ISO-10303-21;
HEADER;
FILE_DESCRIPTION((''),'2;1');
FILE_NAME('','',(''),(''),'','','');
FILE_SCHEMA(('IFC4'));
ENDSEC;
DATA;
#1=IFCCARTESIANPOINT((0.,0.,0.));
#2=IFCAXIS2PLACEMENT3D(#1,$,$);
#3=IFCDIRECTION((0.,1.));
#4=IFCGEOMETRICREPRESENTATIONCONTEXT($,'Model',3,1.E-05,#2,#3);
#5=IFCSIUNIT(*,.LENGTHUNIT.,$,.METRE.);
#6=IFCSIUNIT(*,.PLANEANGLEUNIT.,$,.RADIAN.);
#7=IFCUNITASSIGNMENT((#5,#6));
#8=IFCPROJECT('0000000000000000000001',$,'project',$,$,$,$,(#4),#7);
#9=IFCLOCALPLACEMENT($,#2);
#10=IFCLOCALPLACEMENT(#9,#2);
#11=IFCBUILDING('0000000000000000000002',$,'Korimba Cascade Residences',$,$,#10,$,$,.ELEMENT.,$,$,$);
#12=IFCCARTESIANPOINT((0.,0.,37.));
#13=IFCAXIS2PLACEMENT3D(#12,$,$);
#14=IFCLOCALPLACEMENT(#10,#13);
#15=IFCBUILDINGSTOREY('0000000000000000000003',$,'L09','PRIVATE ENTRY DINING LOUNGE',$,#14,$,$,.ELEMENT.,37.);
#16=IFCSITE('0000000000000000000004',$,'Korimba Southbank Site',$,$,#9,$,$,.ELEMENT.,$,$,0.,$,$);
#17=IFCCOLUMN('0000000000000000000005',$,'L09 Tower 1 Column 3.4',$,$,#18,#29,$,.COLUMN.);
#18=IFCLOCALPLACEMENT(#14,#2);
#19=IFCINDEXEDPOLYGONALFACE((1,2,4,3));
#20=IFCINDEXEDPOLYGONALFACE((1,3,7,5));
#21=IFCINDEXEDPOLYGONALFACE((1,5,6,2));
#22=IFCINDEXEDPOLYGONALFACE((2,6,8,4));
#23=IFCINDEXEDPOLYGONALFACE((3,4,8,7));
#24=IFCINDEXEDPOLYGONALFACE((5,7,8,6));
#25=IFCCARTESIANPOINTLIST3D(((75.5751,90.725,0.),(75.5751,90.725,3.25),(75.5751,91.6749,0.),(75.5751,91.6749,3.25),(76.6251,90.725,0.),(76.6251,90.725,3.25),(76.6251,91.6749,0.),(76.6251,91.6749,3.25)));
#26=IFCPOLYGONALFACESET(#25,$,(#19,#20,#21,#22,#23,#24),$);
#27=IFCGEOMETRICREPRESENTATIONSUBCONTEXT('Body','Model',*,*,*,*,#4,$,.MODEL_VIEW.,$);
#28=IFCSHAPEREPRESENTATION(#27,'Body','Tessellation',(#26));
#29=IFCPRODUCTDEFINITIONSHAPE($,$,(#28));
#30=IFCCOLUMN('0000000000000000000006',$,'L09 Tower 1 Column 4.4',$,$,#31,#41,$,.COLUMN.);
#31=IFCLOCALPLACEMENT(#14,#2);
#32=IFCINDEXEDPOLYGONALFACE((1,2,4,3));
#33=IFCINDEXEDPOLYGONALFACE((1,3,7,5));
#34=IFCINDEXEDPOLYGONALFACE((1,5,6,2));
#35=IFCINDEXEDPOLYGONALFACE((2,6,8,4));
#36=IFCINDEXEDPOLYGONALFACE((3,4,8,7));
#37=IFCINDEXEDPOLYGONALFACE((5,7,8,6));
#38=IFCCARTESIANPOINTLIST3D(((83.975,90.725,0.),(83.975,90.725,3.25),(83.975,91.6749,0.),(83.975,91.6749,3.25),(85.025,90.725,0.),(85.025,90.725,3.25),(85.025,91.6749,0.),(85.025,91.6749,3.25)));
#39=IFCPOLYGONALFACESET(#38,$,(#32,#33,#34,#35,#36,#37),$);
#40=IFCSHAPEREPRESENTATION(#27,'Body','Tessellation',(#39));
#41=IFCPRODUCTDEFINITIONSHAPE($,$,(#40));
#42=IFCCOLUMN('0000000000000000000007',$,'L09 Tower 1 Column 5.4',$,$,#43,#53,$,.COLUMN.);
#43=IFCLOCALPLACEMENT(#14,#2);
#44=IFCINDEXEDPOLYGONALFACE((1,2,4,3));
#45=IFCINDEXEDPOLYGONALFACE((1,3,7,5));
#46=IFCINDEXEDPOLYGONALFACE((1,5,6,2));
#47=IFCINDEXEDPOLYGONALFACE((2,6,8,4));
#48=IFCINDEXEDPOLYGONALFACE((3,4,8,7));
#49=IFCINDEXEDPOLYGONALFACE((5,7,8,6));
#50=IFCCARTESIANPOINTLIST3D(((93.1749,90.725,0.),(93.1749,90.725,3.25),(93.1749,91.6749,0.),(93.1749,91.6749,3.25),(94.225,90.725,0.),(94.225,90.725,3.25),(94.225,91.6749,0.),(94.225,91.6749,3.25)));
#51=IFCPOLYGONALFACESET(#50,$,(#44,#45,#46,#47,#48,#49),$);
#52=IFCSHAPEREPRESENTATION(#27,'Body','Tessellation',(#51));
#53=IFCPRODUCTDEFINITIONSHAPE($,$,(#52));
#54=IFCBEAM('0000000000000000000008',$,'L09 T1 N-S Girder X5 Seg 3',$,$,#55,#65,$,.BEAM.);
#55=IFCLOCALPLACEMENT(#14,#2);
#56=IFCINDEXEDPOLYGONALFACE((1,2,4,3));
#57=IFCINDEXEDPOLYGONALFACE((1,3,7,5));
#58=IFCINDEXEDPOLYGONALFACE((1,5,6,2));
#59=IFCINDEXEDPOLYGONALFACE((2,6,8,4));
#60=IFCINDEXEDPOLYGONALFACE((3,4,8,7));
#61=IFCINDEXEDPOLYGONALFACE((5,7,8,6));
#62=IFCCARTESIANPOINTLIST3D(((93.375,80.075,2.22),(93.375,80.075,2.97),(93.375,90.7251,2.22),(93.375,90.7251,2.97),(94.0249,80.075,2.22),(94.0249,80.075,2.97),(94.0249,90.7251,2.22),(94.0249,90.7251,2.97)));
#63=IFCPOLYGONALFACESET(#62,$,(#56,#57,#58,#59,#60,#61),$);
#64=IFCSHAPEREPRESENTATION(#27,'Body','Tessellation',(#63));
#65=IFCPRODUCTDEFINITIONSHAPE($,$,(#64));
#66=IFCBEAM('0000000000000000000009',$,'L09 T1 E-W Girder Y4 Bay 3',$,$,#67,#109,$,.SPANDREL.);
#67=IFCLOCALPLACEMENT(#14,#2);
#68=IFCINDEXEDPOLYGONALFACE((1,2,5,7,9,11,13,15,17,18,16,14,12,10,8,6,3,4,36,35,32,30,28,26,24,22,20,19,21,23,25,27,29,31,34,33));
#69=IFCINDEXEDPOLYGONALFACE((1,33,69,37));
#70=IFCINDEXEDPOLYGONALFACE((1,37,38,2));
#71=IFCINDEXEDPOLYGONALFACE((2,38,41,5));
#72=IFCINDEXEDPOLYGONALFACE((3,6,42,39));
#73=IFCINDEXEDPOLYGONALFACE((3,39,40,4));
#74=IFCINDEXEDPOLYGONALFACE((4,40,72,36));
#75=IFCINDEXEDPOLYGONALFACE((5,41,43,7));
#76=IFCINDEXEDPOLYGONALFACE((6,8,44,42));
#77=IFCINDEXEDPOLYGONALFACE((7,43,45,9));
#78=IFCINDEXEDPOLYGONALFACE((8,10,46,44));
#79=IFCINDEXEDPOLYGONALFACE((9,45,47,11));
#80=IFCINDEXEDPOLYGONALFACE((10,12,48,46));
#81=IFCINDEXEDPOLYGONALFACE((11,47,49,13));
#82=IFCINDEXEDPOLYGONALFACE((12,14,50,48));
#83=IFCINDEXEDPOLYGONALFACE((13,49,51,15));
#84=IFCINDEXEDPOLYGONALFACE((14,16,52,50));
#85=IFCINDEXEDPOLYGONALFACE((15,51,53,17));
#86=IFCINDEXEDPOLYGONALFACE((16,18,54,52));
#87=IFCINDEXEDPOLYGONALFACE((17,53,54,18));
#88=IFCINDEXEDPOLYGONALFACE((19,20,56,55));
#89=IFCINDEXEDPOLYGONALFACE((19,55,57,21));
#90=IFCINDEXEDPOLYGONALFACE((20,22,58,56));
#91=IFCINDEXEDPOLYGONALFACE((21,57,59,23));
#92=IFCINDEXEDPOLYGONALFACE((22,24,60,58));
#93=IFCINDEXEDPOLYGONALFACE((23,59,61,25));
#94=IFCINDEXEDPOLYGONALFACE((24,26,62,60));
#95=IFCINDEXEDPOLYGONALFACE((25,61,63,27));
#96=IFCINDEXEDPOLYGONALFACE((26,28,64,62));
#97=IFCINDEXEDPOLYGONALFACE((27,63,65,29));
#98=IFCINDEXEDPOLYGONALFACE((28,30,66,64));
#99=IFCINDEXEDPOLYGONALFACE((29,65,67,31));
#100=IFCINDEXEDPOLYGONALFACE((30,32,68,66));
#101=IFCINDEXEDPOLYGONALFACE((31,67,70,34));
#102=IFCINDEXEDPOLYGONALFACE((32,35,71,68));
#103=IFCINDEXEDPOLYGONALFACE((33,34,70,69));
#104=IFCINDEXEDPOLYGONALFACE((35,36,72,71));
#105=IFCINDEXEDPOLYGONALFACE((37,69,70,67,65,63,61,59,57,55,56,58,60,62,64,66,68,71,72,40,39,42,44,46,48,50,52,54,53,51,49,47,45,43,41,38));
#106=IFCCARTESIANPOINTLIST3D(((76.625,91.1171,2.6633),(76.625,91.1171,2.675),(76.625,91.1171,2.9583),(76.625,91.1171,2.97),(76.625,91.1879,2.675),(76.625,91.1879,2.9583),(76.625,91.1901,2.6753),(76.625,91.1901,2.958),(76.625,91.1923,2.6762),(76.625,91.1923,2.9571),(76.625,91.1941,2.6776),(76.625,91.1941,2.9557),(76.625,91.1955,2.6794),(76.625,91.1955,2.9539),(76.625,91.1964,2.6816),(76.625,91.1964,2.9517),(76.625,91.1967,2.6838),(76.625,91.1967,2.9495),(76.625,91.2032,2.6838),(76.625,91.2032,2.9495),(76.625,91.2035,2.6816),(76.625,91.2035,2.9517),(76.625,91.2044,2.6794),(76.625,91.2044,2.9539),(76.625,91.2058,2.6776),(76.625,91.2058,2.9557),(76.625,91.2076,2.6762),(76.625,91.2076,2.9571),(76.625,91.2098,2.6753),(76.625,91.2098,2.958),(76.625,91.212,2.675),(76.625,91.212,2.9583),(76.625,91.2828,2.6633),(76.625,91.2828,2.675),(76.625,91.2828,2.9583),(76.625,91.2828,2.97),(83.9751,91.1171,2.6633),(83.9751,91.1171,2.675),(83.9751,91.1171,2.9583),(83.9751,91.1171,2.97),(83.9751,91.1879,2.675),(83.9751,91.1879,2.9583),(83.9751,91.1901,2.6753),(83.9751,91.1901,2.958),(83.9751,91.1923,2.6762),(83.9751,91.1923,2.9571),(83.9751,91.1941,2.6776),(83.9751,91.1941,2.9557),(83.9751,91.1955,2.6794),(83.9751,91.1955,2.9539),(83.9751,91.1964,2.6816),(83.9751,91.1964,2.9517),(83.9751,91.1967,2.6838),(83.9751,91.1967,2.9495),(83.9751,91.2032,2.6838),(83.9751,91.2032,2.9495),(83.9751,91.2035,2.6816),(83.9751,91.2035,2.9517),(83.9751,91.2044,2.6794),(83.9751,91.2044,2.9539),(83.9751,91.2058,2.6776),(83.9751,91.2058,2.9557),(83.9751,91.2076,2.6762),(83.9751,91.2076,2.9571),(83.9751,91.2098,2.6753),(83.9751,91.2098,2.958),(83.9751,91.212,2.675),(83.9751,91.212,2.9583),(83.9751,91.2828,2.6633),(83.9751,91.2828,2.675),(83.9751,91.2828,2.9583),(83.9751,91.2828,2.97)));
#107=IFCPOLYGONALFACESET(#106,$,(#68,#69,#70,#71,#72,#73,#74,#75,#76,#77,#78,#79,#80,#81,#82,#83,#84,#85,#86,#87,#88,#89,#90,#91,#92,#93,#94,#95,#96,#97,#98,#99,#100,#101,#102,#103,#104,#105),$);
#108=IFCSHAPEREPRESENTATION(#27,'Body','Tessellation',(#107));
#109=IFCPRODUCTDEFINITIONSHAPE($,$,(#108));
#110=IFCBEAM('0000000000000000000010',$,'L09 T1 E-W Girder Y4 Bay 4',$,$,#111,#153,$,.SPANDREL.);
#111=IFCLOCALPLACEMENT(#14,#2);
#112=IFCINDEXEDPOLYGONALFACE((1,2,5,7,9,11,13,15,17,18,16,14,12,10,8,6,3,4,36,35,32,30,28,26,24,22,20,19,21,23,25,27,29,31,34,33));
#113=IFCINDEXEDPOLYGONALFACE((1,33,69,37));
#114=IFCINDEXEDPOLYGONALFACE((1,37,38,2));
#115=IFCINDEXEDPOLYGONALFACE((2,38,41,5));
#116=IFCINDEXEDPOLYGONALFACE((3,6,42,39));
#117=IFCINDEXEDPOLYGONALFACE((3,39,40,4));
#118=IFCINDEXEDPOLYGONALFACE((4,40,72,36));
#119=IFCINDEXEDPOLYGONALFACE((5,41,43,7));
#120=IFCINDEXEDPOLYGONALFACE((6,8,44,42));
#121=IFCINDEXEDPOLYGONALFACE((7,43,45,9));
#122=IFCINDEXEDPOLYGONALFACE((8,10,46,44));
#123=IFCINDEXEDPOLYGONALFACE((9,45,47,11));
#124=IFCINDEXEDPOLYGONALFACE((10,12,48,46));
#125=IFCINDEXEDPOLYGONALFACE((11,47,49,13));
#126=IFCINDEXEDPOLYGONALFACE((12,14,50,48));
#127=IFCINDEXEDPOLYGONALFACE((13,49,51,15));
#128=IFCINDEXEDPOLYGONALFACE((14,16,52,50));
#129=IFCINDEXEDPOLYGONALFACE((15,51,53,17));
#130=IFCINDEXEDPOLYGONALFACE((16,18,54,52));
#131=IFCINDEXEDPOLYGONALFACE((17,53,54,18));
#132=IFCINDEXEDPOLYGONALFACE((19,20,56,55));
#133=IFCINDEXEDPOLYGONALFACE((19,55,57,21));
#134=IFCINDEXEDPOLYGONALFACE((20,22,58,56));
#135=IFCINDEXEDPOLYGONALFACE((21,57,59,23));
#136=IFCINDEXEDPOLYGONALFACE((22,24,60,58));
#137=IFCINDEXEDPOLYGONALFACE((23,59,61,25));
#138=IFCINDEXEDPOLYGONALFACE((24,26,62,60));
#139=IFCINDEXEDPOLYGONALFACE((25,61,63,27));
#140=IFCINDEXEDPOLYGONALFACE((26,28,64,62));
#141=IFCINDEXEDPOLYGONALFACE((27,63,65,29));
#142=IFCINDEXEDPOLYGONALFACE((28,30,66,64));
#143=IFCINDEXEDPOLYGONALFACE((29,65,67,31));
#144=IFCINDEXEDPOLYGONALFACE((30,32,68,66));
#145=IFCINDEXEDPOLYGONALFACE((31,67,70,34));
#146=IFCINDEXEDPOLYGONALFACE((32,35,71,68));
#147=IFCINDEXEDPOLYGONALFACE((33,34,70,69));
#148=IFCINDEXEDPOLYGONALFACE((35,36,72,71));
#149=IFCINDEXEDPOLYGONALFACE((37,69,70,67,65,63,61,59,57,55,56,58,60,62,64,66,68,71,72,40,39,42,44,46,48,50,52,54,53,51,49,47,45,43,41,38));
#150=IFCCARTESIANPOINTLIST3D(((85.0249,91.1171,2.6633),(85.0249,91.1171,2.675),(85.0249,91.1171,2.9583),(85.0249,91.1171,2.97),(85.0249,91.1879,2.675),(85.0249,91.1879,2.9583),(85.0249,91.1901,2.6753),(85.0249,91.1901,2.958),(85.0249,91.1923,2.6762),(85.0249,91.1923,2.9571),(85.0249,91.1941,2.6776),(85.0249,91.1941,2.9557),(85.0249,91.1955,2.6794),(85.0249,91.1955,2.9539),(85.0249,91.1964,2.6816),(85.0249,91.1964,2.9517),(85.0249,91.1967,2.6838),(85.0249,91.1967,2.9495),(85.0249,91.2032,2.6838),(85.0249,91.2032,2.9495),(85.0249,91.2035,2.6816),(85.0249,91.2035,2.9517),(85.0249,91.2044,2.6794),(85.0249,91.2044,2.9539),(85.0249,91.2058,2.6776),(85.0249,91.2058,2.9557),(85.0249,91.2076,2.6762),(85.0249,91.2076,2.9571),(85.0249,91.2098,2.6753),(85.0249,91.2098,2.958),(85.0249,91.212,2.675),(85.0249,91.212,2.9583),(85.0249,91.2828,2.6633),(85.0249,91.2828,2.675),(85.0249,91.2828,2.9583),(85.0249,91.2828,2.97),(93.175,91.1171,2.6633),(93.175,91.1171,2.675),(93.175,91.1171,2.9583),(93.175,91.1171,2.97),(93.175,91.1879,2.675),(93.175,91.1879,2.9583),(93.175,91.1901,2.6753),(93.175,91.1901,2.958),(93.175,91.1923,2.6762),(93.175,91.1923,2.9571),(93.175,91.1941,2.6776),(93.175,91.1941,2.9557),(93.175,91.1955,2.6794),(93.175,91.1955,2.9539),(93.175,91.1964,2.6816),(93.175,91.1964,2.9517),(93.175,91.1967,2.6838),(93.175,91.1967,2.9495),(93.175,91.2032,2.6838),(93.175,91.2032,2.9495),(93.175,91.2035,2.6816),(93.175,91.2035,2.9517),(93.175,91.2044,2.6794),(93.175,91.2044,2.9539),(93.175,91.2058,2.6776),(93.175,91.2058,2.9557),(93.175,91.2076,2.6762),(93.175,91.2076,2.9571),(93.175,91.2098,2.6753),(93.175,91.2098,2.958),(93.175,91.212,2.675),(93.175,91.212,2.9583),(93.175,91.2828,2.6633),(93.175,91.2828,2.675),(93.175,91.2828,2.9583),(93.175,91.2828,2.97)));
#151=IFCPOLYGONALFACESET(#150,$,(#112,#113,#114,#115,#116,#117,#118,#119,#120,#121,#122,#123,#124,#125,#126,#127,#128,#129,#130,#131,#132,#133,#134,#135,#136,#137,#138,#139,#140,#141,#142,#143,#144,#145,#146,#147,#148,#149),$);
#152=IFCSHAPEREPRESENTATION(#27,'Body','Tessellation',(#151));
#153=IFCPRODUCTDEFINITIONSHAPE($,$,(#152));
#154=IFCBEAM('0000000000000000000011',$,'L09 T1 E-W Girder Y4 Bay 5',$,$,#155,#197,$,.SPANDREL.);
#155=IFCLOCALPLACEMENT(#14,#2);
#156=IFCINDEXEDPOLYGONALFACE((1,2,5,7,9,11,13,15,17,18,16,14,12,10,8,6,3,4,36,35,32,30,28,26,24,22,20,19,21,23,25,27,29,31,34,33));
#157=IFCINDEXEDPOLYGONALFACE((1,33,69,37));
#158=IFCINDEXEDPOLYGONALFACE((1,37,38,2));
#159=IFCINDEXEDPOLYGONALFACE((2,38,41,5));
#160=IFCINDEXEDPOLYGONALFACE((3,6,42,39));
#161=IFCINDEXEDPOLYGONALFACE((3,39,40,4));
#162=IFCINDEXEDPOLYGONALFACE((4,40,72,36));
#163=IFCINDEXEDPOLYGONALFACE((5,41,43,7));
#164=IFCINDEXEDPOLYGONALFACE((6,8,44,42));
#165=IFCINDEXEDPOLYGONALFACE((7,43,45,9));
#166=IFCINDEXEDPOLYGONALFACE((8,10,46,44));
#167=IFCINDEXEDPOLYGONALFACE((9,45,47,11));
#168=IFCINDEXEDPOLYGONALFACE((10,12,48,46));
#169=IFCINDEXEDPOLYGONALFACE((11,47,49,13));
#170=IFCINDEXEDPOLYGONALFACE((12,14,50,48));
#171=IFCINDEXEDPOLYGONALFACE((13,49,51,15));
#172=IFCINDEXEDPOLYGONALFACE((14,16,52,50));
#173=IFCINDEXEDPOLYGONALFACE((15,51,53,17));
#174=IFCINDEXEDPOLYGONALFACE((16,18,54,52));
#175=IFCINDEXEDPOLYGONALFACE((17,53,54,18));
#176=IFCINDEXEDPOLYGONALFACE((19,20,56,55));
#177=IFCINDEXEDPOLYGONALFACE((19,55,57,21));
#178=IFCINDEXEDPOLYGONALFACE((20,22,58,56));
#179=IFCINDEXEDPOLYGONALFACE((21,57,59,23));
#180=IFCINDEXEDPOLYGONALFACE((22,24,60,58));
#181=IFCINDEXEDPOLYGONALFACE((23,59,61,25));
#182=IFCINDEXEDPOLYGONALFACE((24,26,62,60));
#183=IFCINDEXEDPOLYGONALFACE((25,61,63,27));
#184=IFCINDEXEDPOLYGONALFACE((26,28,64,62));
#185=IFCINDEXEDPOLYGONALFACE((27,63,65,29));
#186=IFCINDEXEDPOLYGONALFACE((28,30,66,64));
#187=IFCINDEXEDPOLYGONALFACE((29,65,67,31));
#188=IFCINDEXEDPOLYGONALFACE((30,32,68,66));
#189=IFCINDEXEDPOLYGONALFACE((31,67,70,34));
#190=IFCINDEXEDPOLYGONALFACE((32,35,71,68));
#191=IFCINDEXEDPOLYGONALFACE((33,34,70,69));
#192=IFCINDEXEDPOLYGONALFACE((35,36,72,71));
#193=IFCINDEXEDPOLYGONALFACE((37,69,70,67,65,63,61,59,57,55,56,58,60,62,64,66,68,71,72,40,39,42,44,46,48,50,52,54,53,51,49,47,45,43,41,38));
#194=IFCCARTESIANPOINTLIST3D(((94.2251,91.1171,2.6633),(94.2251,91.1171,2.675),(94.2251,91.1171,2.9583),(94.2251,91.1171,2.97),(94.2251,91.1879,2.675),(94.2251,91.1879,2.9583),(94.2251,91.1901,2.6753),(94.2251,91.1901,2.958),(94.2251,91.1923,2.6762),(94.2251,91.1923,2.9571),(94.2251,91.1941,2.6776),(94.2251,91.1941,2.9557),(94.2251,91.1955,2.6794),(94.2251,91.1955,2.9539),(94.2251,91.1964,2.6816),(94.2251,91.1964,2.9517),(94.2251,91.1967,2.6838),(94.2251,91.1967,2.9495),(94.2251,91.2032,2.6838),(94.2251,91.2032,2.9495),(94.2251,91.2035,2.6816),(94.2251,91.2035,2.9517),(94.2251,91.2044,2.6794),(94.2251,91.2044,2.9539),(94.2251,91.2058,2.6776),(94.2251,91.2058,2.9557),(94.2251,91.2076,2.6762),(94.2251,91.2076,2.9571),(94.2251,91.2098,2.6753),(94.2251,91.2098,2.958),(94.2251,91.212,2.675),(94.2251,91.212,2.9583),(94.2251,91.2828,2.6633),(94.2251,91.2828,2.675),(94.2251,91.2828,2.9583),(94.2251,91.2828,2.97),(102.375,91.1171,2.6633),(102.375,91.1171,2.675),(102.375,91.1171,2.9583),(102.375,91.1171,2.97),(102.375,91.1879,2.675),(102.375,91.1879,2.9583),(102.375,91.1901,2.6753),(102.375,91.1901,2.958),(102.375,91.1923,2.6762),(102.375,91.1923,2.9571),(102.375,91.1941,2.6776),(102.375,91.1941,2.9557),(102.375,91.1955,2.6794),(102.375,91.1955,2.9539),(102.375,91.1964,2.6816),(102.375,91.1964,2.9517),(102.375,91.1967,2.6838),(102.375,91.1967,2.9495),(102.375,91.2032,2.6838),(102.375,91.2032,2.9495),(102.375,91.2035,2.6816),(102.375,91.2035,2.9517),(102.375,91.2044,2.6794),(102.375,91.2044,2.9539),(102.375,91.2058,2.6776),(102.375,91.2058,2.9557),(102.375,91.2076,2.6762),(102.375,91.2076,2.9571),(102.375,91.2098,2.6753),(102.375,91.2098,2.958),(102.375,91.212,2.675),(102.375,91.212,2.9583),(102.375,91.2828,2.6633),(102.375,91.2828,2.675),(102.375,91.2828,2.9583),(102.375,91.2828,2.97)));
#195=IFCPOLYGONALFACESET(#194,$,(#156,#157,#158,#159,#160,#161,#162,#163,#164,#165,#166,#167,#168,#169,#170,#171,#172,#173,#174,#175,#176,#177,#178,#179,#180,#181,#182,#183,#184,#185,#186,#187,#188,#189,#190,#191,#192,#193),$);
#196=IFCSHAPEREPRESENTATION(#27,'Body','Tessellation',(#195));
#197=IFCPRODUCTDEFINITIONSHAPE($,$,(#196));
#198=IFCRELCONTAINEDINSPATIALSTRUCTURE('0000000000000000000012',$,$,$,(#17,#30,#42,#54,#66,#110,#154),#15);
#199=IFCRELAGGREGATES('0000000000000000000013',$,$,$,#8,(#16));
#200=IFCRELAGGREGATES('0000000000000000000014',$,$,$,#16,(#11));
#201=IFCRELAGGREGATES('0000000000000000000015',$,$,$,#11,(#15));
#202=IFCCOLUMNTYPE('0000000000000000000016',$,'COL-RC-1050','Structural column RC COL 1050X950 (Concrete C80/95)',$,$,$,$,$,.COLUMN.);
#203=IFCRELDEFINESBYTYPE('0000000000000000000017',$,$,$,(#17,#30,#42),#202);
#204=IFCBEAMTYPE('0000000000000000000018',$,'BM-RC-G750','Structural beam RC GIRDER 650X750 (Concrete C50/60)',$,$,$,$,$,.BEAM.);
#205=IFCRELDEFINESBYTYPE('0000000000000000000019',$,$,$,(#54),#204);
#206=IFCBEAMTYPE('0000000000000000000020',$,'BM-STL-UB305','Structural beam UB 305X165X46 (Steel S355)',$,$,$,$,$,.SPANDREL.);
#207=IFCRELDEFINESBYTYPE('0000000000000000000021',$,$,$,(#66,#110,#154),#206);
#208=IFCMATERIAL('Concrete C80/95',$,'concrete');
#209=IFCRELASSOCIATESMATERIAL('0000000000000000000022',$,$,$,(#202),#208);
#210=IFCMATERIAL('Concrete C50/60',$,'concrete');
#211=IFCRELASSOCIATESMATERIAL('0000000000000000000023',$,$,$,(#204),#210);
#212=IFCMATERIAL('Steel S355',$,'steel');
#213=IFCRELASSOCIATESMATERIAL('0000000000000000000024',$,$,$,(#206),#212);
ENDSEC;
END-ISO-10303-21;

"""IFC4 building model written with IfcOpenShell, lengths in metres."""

from ifc_helpers import new_model, si_unit, direction, frame, origin, origin_2d, place, context, subcontext, project, spatial, rectangle, i_section, extrude, material, material_profile, profile_set, type_object, element, save


model = new_model("IFC4")

# Units and contexts
model_context = context("Model", 3, precision=1e-05, world=origin(), true_north=direction((0.0, 1.0)))
body_context = subcontext(model_context, "Body", "Model", "MODEL_VIEW")
ifc_project = project(units=[si_unit("LENGTHUNIT", "METRE"), si_unit("PLANEANGLEUNIT", "RADIAN")], contexts=[model_context])

# Site, building, storey
site_placement = place(None, origin())
site = spatial("IfcSite", under=ifc_project, at=site_placement, Name="Korimba Southbank Site", CompositionType="ELEMENT", RefElevation=0.0)
building_placement = place(site_placement, origin())
building = spatial("IfcBuilding", under=site, at=building_placement, Name="Korimba Cascade Residences", CompositionType="ELEMENT")
storey_placement = place(building_placement, frame((0.0, 0.0, 37.0)))
storey = spatial("IfcBuildingStorey", under=building, at=storey_placement, Name="L09", Description="PRIVATE ENTRY DINING LOUNGE", CompositionType="ELEMENT", Elevation=37.0)

# Columns
ifc_material_1 = material(Name="Concrete C80/95", Category="concrete")
ifc_material_profile_1 = material_profile(ifc_material_1, rectangle(XDim=1.05, YDim=0.95, at=origin_2d()), Name="Concrete C80/95")
ifc_profile_set_1 = profile_set([ifc_material_profile_1], Name="Concrete C80/95")
column_type = type_object("IfcColumnType", Name="COL-RC-1050", Description="Structural column RC COL 1050X950 (Concrete C80/95)", PredefinedType="COLUMN", material=ifc_profile_set_1)
for number, where, z_axis, x_axis, name in (
    (1, (76.1001, 91.2, 0.0), (0.0, 0.0, 1.0), (1.0, 0.0, 0.0), "L09 Tower 1 Column 3.4"),
    (2, (84.5, 91.2, 0.0), (0.0, 0.0, 1.0), (1.0, 0.0, 0.0), "L09 Tower 1 Column 4.4"),
    (3, (93.7, 91.2, 0.0), (0.0, 0.0, 1.0), (1.0, 0.0, 0.0), "L09 Tower 1 Column 5.4"),
):
    element("IfcColumn", number, at=place(storey_placement, frame(where, z_axis=z_axis, x_axis=x_axis)), inside=storey, type_object=column_type, Name=name, PredefinedType="COLUMN", context=body_context, shape_type="SweptSolid", body=[
        extrude(rectangle(XDim=1.05, YDim=0.95, at=origin_2d()), origin(), (0.0, 0.0, 1.0), 3.25),
    ])

# Beams
ifc_material_2 = material(Name="Concrete C50/60", Category="concrete")
ifc_material_profile_2 = material_profile(ifc_material_2, rectangle(XDim=0.6499, YDim=0.75, at=origin_2d()), Name="Concrete C50/60")
ifc_profile_set_2 = profile_set([ifc_material_profile_2], Name="Concrete C50/60")
beam_type_1 = type_object("IfcBeamType", Name="BM-RC-G750", Description="Structural beam RC GIRDER 650X750 (Concrete C50/60)", PredefinedType="BEAM", material=ifc_profile_set_2)
beam_1_placement = place(storey_placement, frame((93.7, 80.075, 2.595), z_axis=(0.0, 1.0, 0.0), x_axis=(-1.0, 0.0, 0.0)))
element("IfcBeam", 4, at=beam_1_placement, inside=storey, type_object=beam_type_1, Name="L09 T1 N-S Girder X5 Seg 3", PredefinedType="BEAM", context=body_context, shape_type="SweptSolid", body=[
    extrude(rectangle(XDim=0.6499, YDim=0.75, at=origin_2d()), origin(), (0.0, 0.0, 1.0), 10.6501),
])
ifc_material_3 = material(Name="Steel S355", Category="steel")
ifc_material_profile_3 = material_profile(ifc_material_3, i_section(OverallWidth=0.1658, OverallDepth=0.3066, WebThickness=0.0066, FlangeThickness=0.0117, FilletRadius=0.0088, at=origin_2d()), Name="Steel S355")
ifc_profile_set_3 = profile_set([ifc_material_profile_3], Name="Steel S355")
beam_type_2 = type_object("IfcBeamType", Name="BM-STL-UB305", Description="Structural beam UB 305X165X46 (Steel S355)", PredefinedType="SPANDREL", material=ifc_profile_set_3)
beam_2_placement = place(storey_placement, frame((76.625, 91.2, 2.8167), z_axis=(1.0, 0.0, 0.0), x_axis=(0.0, 1.0, 0.0)))
element("IfcBeam", 5, at=beam_2_placement, inside=storey, type_object=beam_type_2, Name="L09 T1 E-W Girder Y4 Bay 3", PredefinedType="SPANDREL", context=body_context, shape_type="SweptSolid", body=[
    extrude(i_section(OverallWidth=0.1658, OverallDepth=0.3066, WebThickness=0.0066, FlangeThickness=0.0117, FilletRadius=0.0088, at=origin_2d()), origin(), (0.0, 0.0, 1.0), 7.3501),
])
beam_3_placement = place(storey_placement, frame((85.0249, 91.2, 2.8167), z_axis=(1.0, 0.0, 0.0), x_axis=(0.0, 1.0, 0.0)))
element("IfcBeam", 6, at=beam_3_placement, inside=storey, type_object=beam_type_2, Name="L09 T1 E-W Girder Y4 Bay 4", PredefinedType="SPANDREL", context=body_context, shape_type="SweptSolid", body=[
    extrude(i_section(OverallWidth=0.1658, OverallDepth=0.3066, WebThickness=0.0066, FlangeThickness=0.0117, FilletRadius=0.0088, at=origin_2d()), origin(), (0.0, 0.0, 1.0), 8.1501),
])
beam_4_placement = place(storey_placement, frame((94.2251, 91.2, 2.8167), z_axis=(1.0, 0.0, 0.0), x_axis=(0.0, 1.0, 0.0)))
element("IfcBeam", 7, at=beam_4_placement, inside=storey, type_object=beam_type_2, Name="L09 T1 E-W Girder Y4 Bay 5", PredefinedType="SPANDREL", context=body_context, shape_type="SweptSolid", body=[
    extrude(i_section(OverallWidth=0.1658, OverallDepth=0.3066, WebThickness=0.0066, FlangeThickness=0.0117, FilletRadius=0.0088, at=origin_2d()), origin(), (0.0, 0.0, 1.0), 8.1499),
])

save(model, "model.ifc")
